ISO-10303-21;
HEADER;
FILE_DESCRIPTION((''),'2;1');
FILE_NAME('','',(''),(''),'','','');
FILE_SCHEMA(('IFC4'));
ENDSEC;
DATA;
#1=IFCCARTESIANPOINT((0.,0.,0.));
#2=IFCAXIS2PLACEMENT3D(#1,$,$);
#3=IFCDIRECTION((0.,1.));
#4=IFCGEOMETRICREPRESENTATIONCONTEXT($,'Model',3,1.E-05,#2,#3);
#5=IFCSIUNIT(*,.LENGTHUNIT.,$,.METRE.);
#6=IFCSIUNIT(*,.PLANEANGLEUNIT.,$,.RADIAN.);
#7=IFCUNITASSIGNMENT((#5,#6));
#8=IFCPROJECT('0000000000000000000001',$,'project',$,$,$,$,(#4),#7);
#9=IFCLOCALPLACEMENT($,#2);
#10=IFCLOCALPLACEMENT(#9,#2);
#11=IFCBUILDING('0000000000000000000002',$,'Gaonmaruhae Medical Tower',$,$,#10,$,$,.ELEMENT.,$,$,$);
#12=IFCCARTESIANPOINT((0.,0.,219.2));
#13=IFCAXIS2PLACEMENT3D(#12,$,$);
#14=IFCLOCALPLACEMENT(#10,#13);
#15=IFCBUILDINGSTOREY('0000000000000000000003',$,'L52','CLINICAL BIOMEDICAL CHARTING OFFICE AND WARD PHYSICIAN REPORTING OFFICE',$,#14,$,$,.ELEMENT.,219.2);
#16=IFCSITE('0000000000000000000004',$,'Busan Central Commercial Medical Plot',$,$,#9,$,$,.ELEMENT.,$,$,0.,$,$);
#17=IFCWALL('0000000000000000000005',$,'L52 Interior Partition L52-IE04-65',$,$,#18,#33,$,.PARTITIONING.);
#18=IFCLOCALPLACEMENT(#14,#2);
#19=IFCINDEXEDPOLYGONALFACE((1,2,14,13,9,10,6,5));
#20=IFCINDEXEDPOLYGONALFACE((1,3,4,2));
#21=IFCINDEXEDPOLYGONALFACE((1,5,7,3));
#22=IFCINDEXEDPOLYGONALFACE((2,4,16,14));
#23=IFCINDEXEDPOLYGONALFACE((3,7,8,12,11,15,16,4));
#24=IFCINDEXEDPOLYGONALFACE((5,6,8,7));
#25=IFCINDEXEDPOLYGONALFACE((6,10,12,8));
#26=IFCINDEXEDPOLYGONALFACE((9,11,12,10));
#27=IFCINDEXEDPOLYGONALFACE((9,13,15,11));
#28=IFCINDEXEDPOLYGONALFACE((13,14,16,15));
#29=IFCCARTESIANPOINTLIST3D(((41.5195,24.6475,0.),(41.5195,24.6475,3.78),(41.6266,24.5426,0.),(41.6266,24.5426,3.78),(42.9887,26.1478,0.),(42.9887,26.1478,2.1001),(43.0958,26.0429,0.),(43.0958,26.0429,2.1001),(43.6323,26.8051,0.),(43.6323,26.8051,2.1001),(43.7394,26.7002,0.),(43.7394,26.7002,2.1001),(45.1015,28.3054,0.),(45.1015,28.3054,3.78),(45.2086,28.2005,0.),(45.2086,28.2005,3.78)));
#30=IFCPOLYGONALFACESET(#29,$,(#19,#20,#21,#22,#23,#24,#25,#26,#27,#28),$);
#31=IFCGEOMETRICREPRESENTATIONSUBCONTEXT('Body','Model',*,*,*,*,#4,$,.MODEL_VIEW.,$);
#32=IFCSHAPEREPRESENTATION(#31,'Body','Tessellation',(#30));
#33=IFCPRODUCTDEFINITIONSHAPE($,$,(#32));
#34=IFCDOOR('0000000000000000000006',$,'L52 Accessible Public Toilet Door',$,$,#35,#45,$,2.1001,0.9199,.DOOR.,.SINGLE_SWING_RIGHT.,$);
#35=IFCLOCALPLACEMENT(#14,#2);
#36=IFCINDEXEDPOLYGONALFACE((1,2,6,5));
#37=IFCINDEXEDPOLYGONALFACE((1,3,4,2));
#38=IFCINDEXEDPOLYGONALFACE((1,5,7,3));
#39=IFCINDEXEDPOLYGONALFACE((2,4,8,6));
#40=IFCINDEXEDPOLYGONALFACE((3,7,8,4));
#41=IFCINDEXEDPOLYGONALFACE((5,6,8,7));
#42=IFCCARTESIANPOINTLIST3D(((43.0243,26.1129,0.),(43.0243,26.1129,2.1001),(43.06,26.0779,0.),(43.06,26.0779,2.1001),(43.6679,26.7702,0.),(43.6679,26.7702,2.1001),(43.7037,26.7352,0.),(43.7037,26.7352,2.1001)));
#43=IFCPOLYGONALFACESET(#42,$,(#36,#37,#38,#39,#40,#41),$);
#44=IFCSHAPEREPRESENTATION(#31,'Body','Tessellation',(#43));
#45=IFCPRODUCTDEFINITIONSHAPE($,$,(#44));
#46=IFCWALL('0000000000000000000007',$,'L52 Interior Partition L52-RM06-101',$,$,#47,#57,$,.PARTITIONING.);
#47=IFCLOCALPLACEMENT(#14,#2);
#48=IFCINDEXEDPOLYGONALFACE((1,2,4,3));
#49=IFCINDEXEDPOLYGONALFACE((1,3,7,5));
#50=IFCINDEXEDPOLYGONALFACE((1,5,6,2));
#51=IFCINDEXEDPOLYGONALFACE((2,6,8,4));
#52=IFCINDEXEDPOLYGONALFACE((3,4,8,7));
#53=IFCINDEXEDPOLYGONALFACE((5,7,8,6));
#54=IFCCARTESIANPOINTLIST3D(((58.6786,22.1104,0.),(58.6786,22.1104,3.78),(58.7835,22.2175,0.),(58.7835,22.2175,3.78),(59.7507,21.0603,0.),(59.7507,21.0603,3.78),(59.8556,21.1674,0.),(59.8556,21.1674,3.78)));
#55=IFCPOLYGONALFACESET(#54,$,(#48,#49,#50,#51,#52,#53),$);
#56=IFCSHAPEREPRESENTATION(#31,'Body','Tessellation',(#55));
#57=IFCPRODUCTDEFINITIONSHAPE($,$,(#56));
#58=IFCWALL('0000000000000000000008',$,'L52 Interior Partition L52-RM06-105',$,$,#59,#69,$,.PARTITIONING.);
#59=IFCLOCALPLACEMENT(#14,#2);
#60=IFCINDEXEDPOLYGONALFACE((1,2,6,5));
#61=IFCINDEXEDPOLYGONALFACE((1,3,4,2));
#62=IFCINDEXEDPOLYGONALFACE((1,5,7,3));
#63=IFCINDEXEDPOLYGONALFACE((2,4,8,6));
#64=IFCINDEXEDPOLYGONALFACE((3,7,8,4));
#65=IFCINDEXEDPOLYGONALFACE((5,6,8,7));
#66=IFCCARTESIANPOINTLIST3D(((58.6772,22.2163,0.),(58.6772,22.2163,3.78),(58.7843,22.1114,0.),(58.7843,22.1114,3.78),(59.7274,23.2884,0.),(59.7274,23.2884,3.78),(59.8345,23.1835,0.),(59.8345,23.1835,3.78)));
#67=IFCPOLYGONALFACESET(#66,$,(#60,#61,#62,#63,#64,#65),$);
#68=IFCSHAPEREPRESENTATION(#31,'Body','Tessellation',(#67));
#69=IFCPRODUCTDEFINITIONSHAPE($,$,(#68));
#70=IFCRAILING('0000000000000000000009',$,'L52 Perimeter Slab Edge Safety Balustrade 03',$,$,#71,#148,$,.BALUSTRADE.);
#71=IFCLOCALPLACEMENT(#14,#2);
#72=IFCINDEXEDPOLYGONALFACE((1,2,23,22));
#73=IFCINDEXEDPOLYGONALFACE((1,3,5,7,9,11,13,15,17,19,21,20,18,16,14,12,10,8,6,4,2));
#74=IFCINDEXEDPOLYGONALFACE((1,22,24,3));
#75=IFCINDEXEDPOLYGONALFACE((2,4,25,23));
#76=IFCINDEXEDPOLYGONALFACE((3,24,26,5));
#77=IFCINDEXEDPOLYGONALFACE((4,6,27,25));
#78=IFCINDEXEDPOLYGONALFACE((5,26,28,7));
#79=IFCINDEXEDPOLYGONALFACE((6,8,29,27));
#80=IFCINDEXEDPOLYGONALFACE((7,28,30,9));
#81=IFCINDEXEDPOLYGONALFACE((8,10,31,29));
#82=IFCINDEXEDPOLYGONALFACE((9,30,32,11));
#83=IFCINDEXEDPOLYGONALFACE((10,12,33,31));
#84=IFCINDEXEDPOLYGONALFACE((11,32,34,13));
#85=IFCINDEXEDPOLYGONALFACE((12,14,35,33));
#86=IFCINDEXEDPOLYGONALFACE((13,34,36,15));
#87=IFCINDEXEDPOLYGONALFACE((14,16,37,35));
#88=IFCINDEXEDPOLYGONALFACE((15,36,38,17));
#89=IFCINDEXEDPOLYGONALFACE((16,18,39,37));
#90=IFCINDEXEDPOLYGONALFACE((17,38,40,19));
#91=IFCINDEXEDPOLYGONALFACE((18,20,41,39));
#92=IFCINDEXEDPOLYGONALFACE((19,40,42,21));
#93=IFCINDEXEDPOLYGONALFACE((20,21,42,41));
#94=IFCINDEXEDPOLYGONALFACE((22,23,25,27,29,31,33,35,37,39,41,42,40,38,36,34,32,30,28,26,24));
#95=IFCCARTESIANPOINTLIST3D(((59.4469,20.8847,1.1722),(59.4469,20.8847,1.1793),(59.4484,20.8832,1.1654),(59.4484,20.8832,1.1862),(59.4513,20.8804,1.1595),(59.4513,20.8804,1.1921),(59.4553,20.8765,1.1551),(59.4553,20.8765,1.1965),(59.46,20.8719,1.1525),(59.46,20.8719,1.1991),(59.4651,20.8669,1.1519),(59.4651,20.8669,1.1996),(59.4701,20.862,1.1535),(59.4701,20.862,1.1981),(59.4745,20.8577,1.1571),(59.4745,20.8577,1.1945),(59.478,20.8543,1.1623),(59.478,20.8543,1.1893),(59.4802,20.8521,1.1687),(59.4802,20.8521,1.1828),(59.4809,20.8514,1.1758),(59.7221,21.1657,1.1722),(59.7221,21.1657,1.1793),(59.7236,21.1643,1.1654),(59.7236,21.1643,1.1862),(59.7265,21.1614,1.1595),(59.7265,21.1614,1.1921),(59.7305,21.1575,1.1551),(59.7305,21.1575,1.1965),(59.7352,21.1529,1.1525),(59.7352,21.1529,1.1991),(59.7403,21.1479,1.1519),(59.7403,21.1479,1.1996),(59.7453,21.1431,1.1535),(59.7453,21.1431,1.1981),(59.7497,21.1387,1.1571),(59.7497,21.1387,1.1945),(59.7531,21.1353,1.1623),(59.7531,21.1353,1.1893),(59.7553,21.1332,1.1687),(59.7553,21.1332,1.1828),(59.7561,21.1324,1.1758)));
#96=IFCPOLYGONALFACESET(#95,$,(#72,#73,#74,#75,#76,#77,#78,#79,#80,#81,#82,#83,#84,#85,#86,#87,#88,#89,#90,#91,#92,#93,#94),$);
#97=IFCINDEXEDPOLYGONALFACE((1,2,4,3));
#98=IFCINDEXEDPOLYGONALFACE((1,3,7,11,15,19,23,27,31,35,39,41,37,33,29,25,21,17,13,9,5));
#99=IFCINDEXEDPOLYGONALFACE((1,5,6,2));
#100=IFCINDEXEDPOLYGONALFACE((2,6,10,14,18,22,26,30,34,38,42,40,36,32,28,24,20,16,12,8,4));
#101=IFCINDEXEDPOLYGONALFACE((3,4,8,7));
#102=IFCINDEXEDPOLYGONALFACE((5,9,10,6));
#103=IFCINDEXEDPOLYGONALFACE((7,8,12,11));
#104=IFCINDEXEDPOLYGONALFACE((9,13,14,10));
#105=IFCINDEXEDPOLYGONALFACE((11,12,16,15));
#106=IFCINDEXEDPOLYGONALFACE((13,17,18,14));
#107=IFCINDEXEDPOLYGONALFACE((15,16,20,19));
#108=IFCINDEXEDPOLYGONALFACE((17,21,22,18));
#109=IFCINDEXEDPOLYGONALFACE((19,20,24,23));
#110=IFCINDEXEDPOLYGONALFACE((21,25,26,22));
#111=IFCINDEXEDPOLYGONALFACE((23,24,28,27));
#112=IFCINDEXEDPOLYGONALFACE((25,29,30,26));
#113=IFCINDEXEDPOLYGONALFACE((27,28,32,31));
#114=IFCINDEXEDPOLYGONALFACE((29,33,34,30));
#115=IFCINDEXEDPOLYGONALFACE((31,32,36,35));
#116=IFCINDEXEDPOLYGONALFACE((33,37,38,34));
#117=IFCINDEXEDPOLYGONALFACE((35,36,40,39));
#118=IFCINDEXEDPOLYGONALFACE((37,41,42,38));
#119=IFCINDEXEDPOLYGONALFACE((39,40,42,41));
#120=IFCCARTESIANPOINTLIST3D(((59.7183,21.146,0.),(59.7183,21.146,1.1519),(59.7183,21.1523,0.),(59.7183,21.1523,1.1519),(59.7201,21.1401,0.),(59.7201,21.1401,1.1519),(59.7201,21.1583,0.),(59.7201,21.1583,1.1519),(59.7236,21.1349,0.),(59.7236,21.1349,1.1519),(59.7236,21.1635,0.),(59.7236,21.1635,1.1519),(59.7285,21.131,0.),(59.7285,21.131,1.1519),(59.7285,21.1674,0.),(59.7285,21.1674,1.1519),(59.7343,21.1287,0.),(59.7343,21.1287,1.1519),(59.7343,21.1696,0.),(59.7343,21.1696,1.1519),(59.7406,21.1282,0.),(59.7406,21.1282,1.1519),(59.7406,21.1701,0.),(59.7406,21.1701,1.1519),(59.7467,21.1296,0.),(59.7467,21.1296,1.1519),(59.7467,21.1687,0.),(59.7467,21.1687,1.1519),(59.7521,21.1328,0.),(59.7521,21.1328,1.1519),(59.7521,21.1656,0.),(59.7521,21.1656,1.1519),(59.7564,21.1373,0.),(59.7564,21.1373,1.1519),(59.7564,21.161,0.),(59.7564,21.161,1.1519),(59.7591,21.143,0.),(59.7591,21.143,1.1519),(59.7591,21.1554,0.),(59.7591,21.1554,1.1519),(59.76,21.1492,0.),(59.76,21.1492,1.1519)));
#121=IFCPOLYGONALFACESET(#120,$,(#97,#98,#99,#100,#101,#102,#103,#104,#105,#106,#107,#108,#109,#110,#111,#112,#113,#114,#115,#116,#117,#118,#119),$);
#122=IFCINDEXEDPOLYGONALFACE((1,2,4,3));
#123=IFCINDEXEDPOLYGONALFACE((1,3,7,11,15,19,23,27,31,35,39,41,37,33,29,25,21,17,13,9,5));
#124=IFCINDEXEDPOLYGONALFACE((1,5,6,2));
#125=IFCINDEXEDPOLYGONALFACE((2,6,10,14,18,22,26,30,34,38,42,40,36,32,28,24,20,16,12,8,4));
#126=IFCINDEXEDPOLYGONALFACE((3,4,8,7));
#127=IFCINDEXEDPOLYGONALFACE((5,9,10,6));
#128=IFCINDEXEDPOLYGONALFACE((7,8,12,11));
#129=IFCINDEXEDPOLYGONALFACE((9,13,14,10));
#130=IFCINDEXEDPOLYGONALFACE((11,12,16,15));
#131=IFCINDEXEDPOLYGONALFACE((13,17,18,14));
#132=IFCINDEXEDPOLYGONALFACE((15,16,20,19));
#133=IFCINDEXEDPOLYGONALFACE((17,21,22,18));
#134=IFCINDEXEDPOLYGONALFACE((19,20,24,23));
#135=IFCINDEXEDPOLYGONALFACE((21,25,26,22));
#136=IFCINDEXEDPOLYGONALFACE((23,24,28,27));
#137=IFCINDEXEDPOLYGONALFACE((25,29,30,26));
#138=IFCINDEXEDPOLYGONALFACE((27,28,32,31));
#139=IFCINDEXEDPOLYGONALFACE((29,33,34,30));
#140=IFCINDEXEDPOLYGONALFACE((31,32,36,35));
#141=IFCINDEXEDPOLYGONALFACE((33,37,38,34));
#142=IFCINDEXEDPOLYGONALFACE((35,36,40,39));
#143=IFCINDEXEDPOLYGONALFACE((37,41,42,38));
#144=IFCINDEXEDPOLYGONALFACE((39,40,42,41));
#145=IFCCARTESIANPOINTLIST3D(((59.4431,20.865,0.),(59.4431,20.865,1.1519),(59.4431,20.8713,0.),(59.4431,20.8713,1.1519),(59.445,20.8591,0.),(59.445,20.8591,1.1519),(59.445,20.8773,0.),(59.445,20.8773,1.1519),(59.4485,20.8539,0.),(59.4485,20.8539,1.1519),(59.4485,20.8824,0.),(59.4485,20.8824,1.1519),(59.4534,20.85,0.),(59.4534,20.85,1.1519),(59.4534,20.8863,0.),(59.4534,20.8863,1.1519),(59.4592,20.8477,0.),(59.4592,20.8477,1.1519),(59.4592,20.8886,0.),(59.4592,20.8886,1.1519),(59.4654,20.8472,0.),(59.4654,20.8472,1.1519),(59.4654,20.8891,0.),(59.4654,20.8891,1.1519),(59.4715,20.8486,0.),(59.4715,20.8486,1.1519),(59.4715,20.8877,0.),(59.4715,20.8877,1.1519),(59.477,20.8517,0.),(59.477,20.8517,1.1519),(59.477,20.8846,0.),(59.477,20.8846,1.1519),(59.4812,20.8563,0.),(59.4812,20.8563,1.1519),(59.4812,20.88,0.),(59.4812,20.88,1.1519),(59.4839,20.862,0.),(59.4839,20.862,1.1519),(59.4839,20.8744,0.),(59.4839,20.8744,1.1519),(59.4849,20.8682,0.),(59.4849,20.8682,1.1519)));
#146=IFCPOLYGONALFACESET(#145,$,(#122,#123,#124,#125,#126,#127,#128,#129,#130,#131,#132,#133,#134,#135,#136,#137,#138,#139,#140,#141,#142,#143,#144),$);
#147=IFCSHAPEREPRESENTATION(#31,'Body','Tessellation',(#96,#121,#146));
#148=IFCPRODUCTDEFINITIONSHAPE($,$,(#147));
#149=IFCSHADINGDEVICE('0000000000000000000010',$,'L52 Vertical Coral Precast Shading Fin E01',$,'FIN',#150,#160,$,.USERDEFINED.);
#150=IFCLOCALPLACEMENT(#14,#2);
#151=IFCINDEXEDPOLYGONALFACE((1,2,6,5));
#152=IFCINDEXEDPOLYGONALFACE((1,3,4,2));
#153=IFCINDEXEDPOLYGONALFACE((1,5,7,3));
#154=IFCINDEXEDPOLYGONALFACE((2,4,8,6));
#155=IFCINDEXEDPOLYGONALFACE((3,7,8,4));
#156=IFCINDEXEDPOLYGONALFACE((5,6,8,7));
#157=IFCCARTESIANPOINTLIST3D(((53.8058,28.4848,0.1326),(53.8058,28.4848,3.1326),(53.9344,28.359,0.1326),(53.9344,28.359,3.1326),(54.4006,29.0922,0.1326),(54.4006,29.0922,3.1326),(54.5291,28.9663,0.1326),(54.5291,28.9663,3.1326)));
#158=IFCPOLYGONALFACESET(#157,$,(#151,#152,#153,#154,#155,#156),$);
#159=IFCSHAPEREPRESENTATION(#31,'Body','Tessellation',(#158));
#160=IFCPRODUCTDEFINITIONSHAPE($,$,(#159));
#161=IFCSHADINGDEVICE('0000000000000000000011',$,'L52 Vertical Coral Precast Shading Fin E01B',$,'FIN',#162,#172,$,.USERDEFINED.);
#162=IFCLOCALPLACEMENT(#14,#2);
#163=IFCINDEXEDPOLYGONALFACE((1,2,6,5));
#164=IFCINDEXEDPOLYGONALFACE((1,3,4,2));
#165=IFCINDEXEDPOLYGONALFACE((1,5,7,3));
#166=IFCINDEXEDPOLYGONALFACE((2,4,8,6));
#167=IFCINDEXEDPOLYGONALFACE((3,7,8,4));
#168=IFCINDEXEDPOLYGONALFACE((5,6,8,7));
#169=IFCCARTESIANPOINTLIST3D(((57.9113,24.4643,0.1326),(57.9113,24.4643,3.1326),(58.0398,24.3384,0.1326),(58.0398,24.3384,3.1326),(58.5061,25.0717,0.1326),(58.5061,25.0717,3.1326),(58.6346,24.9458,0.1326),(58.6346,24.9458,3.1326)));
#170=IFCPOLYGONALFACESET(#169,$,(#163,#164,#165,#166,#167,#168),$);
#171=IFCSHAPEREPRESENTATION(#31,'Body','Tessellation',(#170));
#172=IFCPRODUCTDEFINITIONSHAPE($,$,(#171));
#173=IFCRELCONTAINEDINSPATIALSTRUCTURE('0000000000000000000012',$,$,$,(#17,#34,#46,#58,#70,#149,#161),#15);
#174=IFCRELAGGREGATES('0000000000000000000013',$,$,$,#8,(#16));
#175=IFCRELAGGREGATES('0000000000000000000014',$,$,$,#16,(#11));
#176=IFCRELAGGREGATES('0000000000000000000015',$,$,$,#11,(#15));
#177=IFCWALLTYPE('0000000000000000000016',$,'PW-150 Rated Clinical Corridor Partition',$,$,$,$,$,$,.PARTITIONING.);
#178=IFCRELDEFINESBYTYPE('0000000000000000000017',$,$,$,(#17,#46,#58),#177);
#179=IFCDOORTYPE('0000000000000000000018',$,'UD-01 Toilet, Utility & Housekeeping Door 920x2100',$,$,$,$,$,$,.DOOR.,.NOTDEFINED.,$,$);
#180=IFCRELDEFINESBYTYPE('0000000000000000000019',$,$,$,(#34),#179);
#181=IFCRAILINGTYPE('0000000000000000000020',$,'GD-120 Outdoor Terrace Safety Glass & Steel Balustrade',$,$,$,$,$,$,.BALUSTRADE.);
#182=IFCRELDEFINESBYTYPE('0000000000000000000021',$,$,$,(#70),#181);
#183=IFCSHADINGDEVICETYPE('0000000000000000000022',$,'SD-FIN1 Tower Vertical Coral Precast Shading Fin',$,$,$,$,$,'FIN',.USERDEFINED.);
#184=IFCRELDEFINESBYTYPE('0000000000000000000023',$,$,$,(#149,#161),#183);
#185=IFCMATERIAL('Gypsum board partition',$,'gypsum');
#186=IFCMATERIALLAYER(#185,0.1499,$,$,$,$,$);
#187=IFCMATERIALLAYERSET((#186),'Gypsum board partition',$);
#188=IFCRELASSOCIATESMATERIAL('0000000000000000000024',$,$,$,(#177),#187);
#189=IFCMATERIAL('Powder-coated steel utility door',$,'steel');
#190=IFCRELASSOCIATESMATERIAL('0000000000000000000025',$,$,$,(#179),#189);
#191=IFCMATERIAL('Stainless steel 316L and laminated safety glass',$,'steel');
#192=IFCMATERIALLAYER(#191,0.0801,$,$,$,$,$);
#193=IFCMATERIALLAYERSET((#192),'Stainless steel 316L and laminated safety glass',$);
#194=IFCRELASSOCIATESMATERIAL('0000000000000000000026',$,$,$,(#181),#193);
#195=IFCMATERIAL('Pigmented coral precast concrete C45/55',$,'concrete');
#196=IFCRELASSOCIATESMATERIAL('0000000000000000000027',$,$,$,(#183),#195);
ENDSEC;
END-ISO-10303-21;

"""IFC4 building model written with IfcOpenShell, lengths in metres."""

from ifc_helpers import new_model, si_unit, direction, frame, frame_2d, origin, origin_2d, place, context, subcontext, project, spatial, rectangle, circle, extrude, material, layer, layer_set, type_object, element, fill, save


model = new_model("IFC4")

# Units and contexts
model_context = context("Model", 3, precision=1e-05, world=origin(), true_north=direction((0.0, 1.0)))
body_context = subcontext(model_context, "Body", "Model", "MODEL_VIEW")
ifc_project = project(units=[si_unit("LENGTHUNIT", "METRE"), si_unit("PLANEANGLEUNIT", "RADIAN")], contexts=[model_context])

# Site, building, storey
site_placement = place(None, origin())
site = spatial("IfcSite", under=ifc_project, at=site_placement, Name="Busan Central Commercial Medical Plot", CompositionType="ELEMENT", RefElevation=0.0)
building_placement = place(site_placement, origin())
building = spatial("IfcBuilding", under=site, at=building_placement, Name="Gaonmaruhae Medical Tower", CompositionType="ELEMENT")
storey_placement = place(building_placement, frame((0.0, 0.0, 219.2)))
storey = spatial("IfcBuildingStorey", under=building, at=storey_placement, Name="L52", Description="CLINICAL BIOMEDICAL CHARTING OFFICE AND WARD PHYSICIAN REPORTING OFFICE", CompositionType="ELEMENT", Elevation=219.2)

# Shared definitions
ifc_material_1 = material(Name="Gypsum board partition", Category="gypsum")
ifc_layer_1 = layer(ifc_material_1, 0.1499)
ifc_layer_set_1 = layer_set([ifc_layer_1], Name="Gypsum board partition")
wall_type_1 = type_object("IfcWallType", Name="PW-150 Rated Clinical Corridor Partition", PredefinedType="PARTITIONING", material=ifc_layer_set_1)

# Wall, opening, door
wall_1_placement = place(storey_placement, frame((45.155, 28.2529, 0.0), z_axis=(0.0, 0.0, 1.0), x_axis=(-0.699653, -0.714483, 0.0)))
wall_1 = element("IfcWall", 1, at=wall_1_placement, inside=storey, type_object=wall_type_1, Name="L52 Interior Partition L52-IE04-65", PredefinedType="PARTITIONING", context=body_context, shape_type="SweptSolid", body=[
    extrude(rectangle(XDim=5.1196, YDim=0.1499, at=frame_2d((2.5598, 0.0))), origin(), (0.0, 0.0, 1.0), 3.78),
])
opening_1_placement = place(wall_1_placement, frame((2.0999, 0.0, 0.0)))
opening_1 = element("IfcOpeningElement", 2, at=opening_1_placement, cuts=wall_1, PredefinedType="OPENING", context=body_context, shape_type="SweptSolid", body=[
    extrude(rectangle(XDim=0.9199, YDim=2.1001, at=frame_2d((0.46, 1.05))), frame((0.0, 0.085, 0.0), z_axis=(0.0, -1.0, 0.0), x_axis=(1.0, 0.0, 0.0)), (0.0, 0.0, 1.0), 0.1699),
])
ifc_material_2 = material(Name="Powder-coated steel utility door", Category="steel")
door_type_1 = type_object("IfcDoorType", Name="UD-01 Toilet, Utility & Housekeeping Door 920x2100", OperationType="NOTDEFINED", PredefinedType="DOOR", material=ifc_material_2)
door_1_placement = place(opening_1_placement, origin())
door_1 = element("IfcDoor", 3, at=door_1_placement, inside=storey, type_object=door_type_1, Name="L52 Accessible Public Toilet Door", OperationType="SINGLE_SWING_RIGHT", OverallHeight=2.1001, OverallWidth=0.9199, PredefinedType="DOOR", context=body_context, shape_type="SweptSolid", body=[
    extrude(rectangle(XDim=0.9199, YDim=2.1001, at=frame_2d((0.46, 1.05))), frame((0.0, 0.0249, 0.0), z_axis=(0.0, -1.0, 0.0), x_axis=(1.0, 0.0, 0.0)), (0.0, 0.0, 1.0), 0.05),
])
fill(opening_1, door_1)

# Walls
for number, where, z_axis, x_axis, name in (
    (4, (58.731, 22.1641, 0.0), (0.0, 0.0, 1.0), (0.71439, -0.699748, 0.0), "L52 Interior Partition L52-RM06-101"),
    (5, (59.781, 23.2361, 0.0), (0.0, 0.0, 1.0), (-0.699748, -0.71439, 0.0), "L52 Interior Partition L52-RM06-105"),
):
    element("IfcWall", number, at=place(storey_placement, frame(where, z_axis=z_axis, x_axis=x_axis)), inside=storey, type_object=wall_type_1, Name=name, PredefinedType="PARTITIONING", context=body_context, shape_type="SweptSolid", body=[
        extrude(rectangle(XDim=1.5007, YDim=0.1499, at=frame_2d((0.7505, 0.0))), origin(), (0.0, 0.0, 1.0), 3.78),
    ])

# Railing
ifc_material_3 = material(Name="Stainless steel 316L and laminated safety glass", Category="steel")
ifc_layer_2 = layer(ifc_material_3, 0.0801)
ifc_layer_set_2 = layer_set([ifc_layer_2], Name="Stainless steel 316L and laminated safety glass")
railing_type = type_object("IfcRailingType", Name="GD-120 Outdoor Terrace Safety Glass & Steel Balustrade", PredefinedType="BALUSTRADE", material=ifc_layer_set_2)
railing_placement = place(storey_placement, frame((59.739, 21.1492, 0.0)))
element("IfcRailing", 6, at=railing_placement, inside=storey, type_object=railing_type, Name="L52 Perimeter Slab Edge Safety Balustrade 03", PredefinedType="BALUSTRADE", context=body_context, shape_type="SweptSolid", body=[
    extrude(circle(Radius=0.0239, at=origin_2d()), frame((0.0, 0.0, 1.1758), z_axis=(-0.699618, -0.714517, 0.0), x_axis=(0.714517, -0.699618, 0.0)), (0.0, 0.0, 1.0), 0.3933),
    extrude(circle(Radius=0.021, at=origin_2d()), origin(), (0.0, 0.0, 1.0), 1.1519),
    extrude(circle(Radius=0.021, at=origin_2d()), frame((-0.2751, -0.281, 0.0)), (0.0, 0.0, 1.0), 1.1519),
])

# Shading devices
ifc_material_4 = material(Name="Pigmented coral precast concrete C45/55", Category="concrete")
shading_device_type = type_object("IfcShadingDeviceType", Name="SD-FIN1 Tower Vertical Coral Precast Shading Fin", ElementType="FIN", PredefinedType="USERDEFINED", material=ifc_material_4)
for number, where, z_axis, x_axis, name in (
    (7, (54.1675, 28.7256, 0.1326), (0.0, 0.0, 1.0), (0.714473, -0.699663, 0.0), "L52 Vertical Coral Precast Shading Fin E01"),
    (8, (58.2729, 24.7051, 0.1326), (0.0, 0.0, 1.0), (0.714473, -0.699663, 0.0), "L52 Vertical Coral Precast Shading Fin E01B"),
):
    element("IfcShadingDevice", number, at=place(storey_placement, frame(where, z_axis=z_axis, x_axis=x_axis)), inside=storey, type_object=shading_device_type, Name=name, ObjectType="FIN", PredefinedType="USERDEFINED", context=body_context, shape_type="SweptSolid", body=[
        extrude(rectangle(XDim=0.1799, YDim=0.8501, at=origin_2d()), origin(), (0.0, 0.0, 1.0), 3.0),
    ])

save(model, "model.ifc")
